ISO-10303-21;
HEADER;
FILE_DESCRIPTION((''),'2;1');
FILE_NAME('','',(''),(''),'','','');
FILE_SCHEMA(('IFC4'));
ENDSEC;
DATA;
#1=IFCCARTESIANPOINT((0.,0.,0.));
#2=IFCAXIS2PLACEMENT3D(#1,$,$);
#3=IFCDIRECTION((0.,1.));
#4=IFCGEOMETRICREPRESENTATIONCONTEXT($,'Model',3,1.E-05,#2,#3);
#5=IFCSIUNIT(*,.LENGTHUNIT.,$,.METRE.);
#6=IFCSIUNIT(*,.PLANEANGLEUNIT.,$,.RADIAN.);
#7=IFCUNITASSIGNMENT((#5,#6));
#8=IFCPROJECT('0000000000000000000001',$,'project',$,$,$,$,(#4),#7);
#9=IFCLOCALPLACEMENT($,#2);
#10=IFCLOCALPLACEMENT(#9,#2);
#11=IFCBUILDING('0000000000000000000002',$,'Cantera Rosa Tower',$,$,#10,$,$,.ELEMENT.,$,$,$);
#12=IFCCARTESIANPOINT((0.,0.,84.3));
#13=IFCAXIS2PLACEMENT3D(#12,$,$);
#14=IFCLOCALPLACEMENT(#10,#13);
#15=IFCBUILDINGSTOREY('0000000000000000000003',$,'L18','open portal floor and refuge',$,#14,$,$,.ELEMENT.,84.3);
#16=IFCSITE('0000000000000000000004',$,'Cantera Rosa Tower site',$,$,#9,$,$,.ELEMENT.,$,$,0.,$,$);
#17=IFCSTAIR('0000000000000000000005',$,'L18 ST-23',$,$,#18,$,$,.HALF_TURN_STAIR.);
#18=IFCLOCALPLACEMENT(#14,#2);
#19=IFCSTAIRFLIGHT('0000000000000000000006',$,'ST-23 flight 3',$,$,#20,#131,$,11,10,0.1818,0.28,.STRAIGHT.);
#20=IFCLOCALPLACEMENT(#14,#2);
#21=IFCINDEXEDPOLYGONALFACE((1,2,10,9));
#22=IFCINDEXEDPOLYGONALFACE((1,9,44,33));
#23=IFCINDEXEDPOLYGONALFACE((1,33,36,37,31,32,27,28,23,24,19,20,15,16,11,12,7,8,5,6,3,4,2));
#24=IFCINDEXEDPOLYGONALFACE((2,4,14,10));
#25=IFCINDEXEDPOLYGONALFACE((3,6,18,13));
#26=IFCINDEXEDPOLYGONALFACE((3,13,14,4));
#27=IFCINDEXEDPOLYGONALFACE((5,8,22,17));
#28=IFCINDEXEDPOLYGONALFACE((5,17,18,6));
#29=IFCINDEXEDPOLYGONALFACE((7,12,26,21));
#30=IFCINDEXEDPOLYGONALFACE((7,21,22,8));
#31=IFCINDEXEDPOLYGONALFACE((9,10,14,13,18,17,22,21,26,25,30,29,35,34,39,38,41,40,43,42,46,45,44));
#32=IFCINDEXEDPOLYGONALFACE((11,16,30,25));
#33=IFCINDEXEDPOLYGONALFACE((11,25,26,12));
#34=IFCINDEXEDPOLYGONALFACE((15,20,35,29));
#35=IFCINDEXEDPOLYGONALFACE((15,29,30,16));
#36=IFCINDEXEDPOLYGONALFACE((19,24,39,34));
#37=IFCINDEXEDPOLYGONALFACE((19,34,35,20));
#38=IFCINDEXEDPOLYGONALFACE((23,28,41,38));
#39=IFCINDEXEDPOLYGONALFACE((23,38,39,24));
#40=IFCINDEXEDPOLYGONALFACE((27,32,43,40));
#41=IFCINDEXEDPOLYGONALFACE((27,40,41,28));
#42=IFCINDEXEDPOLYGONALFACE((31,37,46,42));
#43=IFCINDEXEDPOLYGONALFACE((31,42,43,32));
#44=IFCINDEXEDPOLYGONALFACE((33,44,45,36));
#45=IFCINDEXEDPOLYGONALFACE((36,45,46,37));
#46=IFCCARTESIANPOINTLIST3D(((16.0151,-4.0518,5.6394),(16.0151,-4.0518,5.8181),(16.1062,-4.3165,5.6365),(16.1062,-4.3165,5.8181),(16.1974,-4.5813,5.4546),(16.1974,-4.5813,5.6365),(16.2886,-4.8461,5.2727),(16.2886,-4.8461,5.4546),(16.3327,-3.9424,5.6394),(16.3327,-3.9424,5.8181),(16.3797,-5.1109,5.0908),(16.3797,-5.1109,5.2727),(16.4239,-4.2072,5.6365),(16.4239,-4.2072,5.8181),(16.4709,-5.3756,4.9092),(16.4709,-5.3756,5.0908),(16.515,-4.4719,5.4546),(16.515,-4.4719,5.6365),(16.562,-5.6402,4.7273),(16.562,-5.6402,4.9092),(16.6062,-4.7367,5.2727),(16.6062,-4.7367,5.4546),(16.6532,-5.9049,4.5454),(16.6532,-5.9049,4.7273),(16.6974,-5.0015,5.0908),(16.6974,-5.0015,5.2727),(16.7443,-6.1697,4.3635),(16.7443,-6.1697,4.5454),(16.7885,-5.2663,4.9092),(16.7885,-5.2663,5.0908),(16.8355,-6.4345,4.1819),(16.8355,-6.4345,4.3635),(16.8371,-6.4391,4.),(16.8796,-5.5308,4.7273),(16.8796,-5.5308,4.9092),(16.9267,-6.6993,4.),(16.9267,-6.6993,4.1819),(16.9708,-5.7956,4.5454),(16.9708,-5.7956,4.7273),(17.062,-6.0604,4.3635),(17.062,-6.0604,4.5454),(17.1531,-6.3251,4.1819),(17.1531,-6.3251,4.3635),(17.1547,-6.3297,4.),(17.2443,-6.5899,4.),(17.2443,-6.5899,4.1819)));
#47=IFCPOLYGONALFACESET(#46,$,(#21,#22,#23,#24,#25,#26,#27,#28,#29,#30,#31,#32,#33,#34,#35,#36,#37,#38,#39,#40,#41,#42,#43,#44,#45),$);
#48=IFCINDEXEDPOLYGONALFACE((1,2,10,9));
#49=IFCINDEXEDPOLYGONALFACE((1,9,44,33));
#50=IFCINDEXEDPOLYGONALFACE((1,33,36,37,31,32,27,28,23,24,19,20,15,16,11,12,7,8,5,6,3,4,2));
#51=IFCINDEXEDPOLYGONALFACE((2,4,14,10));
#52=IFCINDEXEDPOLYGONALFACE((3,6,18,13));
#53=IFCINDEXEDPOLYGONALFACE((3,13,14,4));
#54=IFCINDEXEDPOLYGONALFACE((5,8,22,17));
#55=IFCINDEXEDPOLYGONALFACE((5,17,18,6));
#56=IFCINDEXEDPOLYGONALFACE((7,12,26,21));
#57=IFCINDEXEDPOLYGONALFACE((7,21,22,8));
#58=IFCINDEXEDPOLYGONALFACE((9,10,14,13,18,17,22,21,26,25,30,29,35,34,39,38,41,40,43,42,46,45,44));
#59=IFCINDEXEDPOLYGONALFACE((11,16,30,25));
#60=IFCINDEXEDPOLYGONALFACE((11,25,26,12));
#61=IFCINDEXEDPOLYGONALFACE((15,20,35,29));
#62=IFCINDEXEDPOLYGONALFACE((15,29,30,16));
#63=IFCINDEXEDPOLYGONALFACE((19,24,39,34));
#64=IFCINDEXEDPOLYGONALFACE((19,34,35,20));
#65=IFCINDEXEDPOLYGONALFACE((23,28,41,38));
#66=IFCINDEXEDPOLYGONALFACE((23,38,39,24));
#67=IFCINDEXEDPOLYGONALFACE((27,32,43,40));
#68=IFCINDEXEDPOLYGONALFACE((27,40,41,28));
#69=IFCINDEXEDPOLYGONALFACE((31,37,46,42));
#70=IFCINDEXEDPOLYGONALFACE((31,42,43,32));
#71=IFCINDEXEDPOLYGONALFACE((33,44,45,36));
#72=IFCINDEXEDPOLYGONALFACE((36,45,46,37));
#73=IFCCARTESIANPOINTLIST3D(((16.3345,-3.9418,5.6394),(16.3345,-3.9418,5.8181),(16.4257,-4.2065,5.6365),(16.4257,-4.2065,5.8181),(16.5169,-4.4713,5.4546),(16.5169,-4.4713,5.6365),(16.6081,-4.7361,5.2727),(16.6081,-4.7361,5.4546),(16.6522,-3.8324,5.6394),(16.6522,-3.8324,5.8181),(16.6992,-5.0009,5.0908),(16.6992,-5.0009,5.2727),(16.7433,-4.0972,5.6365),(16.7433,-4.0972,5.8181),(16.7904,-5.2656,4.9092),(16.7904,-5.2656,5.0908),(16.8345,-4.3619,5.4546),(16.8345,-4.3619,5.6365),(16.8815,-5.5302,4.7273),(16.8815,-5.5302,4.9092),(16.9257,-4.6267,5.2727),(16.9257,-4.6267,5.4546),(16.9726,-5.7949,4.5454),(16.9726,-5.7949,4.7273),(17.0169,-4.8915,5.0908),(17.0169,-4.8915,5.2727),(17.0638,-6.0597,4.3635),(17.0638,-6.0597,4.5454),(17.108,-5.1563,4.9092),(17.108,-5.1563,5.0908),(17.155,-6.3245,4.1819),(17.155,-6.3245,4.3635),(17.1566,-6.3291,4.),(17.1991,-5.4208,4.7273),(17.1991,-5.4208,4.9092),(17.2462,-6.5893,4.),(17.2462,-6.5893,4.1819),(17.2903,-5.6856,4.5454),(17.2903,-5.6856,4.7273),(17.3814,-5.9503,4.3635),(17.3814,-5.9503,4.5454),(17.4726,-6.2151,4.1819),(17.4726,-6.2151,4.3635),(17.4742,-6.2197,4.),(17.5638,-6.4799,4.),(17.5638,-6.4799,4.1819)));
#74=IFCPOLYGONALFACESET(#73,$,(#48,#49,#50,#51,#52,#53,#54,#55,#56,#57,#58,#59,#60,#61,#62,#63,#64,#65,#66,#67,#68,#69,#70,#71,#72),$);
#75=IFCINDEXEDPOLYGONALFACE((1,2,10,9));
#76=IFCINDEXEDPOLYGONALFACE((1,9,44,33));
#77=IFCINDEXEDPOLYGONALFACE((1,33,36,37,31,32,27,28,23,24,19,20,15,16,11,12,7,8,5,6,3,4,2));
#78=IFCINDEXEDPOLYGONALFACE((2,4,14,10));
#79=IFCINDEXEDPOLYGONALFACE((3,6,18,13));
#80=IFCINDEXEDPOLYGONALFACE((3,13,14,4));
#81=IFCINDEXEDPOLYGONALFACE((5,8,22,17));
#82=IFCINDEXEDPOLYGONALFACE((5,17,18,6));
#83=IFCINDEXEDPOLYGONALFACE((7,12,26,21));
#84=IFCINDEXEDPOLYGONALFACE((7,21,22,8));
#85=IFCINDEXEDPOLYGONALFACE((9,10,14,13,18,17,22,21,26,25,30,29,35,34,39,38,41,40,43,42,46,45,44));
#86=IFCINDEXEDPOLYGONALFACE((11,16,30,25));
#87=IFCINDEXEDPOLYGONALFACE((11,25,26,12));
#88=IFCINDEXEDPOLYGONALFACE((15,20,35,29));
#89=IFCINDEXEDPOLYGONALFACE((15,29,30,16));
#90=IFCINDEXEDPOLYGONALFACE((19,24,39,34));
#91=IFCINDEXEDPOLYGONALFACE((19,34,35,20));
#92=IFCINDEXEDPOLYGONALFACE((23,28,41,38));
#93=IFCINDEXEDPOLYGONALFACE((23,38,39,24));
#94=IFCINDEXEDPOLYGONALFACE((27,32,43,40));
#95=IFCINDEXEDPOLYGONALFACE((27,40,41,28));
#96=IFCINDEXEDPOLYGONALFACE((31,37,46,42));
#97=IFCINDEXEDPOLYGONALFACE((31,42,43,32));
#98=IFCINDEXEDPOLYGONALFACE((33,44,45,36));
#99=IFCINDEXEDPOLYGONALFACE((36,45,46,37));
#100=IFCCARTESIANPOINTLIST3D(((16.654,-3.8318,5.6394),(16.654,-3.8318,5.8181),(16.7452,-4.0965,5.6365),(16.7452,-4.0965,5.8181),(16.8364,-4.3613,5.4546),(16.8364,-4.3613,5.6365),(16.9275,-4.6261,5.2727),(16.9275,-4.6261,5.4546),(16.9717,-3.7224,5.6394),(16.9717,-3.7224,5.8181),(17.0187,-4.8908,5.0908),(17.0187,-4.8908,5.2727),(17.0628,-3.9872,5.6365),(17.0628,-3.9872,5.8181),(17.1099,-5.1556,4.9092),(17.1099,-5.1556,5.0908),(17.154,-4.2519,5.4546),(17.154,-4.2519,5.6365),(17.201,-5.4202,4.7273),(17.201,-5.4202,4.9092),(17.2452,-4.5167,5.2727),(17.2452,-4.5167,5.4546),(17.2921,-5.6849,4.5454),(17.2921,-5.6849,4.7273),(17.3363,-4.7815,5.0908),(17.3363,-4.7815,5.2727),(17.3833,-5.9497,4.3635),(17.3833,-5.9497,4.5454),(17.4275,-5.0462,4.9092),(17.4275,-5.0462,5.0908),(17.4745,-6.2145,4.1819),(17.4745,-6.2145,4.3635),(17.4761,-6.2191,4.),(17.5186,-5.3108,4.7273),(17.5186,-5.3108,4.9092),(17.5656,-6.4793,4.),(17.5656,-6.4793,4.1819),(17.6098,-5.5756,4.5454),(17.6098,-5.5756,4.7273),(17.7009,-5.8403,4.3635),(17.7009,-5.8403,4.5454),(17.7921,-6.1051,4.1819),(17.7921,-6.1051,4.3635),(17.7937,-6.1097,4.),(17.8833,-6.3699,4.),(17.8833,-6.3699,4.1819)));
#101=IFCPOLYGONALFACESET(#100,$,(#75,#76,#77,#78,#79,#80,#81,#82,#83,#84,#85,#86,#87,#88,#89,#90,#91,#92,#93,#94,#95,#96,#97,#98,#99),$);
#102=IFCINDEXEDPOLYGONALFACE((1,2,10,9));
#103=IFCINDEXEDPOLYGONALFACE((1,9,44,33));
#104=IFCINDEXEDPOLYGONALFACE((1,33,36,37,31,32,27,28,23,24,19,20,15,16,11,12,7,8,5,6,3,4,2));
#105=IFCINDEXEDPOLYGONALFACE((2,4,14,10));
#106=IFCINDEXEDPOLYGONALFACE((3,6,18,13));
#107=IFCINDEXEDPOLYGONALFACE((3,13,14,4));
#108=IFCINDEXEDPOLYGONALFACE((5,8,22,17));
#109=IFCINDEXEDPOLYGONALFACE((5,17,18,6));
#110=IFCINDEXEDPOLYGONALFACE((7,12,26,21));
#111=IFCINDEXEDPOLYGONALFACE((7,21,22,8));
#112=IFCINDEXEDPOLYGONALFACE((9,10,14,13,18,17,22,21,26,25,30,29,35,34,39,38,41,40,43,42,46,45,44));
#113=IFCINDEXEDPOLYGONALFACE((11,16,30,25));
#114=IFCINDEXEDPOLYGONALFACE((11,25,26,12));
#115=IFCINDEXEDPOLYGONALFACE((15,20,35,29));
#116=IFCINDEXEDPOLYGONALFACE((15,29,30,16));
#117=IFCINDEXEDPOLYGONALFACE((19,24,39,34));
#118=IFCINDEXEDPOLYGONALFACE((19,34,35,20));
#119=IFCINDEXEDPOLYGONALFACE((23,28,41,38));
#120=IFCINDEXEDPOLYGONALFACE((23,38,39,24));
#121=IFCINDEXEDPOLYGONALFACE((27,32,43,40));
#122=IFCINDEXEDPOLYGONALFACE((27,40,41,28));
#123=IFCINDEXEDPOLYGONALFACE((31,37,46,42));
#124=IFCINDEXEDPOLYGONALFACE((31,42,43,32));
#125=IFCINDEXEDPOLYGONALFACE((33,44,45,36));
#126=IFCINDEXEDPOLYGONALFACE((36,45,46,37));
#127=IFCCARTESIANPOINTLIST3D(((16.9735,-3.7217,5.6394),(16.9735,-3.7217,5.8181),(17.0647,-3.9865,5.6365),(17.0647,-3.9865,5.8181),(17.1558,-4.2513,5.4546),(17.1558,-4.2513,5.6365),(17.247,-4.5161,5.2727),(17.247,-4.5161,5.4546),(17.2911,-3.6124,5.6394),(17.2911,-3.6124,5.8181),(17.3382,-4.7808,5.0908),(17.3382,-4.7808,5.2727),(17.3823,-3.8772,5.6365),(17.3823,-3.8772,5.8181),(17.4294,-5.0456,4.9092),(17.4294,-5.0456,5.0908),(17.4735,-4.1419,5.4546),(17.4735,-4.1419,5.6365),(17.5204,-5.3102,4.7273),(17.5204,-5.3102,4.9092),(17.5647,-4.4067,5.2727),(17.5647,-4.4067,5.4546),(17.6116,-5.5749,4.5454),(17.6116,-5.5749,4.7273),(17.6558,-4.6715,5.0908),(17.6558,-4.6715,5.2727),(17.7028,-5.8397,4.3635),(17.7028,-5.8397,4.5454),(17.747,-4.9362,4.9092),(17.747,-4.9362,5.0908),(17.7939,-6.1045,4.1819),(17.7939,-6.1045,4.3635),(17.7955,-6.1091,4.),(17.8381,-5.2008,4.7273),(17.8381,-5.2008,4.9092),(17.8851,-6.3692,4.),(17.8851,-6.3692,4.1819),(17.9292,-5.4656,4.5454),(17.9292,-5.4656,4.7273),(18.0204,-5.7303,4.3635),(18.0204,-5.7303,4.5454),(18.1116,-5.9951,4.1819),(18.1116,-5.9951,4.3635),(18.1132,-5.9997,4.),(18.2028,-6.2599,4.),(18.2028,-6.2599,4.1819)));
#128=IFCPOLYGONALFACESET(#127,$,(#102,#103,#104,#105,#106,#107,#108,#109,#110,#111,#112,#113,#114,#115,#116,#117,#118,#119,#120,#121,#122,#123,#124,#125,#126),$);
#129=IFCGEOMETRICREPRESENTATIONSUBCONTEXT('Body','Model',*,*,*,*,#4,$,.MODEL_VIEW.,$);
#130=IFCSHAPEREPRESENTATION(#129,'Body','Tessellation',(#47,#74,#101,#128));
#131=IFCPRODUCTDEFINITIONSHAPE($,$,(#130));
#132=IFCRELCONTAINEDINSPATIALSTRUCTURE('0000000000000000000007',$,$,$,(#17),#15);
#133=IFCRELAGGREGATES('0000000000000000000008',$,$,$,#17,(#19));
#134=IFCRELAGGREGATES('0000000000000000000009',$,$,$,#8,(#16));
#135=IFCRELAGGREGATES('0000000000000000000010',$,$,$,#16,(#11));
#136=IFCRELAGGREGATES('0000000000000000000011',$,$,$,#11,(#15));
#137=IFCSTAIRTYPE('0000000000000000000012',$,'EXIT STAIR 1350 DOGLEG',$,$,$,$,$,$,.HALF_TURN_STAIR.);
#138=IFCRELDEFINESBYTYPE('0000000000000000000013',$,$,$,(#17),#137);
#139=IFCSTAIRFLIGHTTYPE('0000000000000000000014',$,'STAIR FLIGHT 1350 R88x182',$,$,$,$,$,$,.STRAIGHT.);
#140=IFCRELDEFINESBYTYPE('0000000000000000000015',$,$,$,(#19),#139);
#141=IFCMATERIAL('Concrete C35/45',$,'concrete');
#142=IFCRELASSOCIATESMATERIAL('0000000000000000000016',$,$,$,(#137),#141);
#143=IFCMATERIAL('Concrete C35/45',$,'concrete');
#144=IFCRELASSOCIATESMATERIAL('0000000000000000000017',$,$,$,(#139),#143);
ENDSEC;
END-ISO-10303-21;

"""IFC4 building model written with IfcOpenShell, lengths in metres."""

from ifc_helpers import new_model, si_unit, direction, frame, origin, place, context, subcontext, project, spatial, polyline, outline, extrude, material, type_object, element, aggregate, save


model = new_model("IFC4")

# Units and contexts
model_context = context("Model", 3, precision=1e-05, world=origin(), true_north=direction((0.0, 1.0)))
body_context = subcontext(model_context, "Body", "Model", "MODEL_VIEW")
ifc_project = project(units=[si_unit("LENGTHUNIT", "METRE"), si_unit("PLANEANGLEUNIT", "RADIAN")], contexts=[model_context])

# Site, building, storey
site_placement = place(None, origin())
site = spatial("IfcSite", under=ifc_project, at=site_placement, Name="Cantera Rosa Tower site", CompositionType="ELEMENT", RefElevation=0.0)
building_placement = place(site_placement, origin())
building = spatial("IfcBuilding", under=site, at=building_placement, Name="Cantera Rosa Tower", CompositionType="ELEMENT")
storey_placement = place(building_placement, frame((0.0, 0.0, 84.3)))
storey = spatial("IfcBuildingStorey", under=building, at=storey_placement, Name="L18", Description="open portal floor and refuge", CompositionType="ELEMENT", Elevation=84.3)

# Stair, stair flight
ifc_material_1 = material(Name="Concrete C35/45", Category="concrete")
stair_type = type_object("IfcStairType", Name="EXIT STAIR 1350 DOGLEG", PredefinedType="HALF_TURN_STAIR", material=ifc_material_1)
stair_placement = place(storey_placement, origin())
stair = element("IfcStair", 1, at=stair_placement, inside=storey, type_object=stair_type, Name="L18 ST-23", PredefinedType="HALF_TURN_STAIR")
ifc_material_2 = material(Name="Concrete C35/45", Category="concrete")
stair_flight_type = type_object("IfcStairFlightType", Name="STAIR FLIGHT 1350 R88x182", PredefinedType="STRAIGHT", material=ifc_material_2)
stair_flight_1_placement = place(storey_placement, frame((17.5649, -6.4795, 4.0), z_axis=(0.0, 0.0, 1.0), x_axis=(-0.325568, 0.945519, 0.0)))
stair_flight_1 = element("IfcStairFlight", 2, at=stair_flight_1_placement, type_object=stair_flight_type, Name="ST-23 flight 3", NumberOfRisers=11, NumberOfTreads=10, PredefinedType="STRAIGHT", RiserHeight=0.1818, TreadLength=0.28, context=body_context, shape_type="SweptSolid", body=[
    extrude(outline(polyline([(0.0, 0.0), (0.0, 0.1819), (0.28, 0.1819), (0.28, 0.3635), (0.5601, 0.3635), (0.5601, 0.5454), (0.8401, 0.5454), (0.8401, 0.7273), (1.1201, 0.7273), (1.1201, 0.9092), (1.3999, 0.9092), (1.3999, 1.0908), (1.6799, 1.0908), (1.6799, 1.2727), (1.96, 1.2727), (1.96, 1.4546), (2.24, 1.4546), (2.24, 1.6365), (2.52, 1.6365), (2.52, 1.8181), (2.8, 1.8181), (2.8, 2.0), (2.8, 1.6394), (0.2751, 0.0), (0.0, 0.0)])), frame((0.0, 0.675, 0.0), z_axis=(0.0, -1.0, 0.0), x_axis=(1.0, 0.0, 0.0)), (0.0, 0.0, 1.0), 0.3359),
    extrude(outline(polyline([(0.0, 0.0), (0.0, 0.1819), (0.28, 0.1819), (0.28, 0.3635), (0.5601, 0.3635), (0.5601, 0.5454), (0.8401, 0.5454), (0.8401, 0.7273), (1.1201, 0.7273), (1.1201, 0.9092), (1.3999, 0.9092), (1.3999, 1.0908), (1.6799, 1.0908), (1.6799, 1.2727), (1.96, 1.2727), (1.96, 1.4546), (2.24, 1.4546), (2.24, 1.6365), (2.52, 1.6365), (2.52, 1.8181), (2.8, 1.8181), (2.8, 2.0), (2.8, 1.6394), (0.2751, 0.0), (0.0, 0.0)])), frame((0.0, 0.3372, 0.0), z_axis=(0.0, -1.0, 0.0), x_axis=(1.0, 0.0, 0.0)), (0.0, 0.0, 1.0), 0.3359),
    extrude(outline(polyline([(0.0, 0.0), (0.0, 0.1819), (0.28, 0.1819), (0.28, 0.3635), (0.5601, 0.3635), (0.5601, 0.5454), (0.8401, 0.5454), (0.8401, 0.7273), (1.1201, 0.7273), (1.1201, 0.9092), (1.3999, 0.9092), (1.3999, 1.0908), (1.6799, 1.0908), (1.6799, 1.2727), (1.96, 1.2727), (1.96, 1.4546), (2.24, 1.4546), (2.24, 1.6365), (2.52, 1.6365), (2.52, 1.8181), (2.8, 1.8181), (2.8, 2.0), (2.8, 1.6394), (0.2751, 0.0), (0.0, 0.0)])), frame((0.0, -0.0007, 0.0), z_axis=(0.0, -1.0, 0.0), x_axis=(1.0, 0.0, 0.0)), (0.0, 0.0, 1.0), 0.3359),
    extrude(outline(polyline([(0.0, 0.0), (0.0, 0.1819), (0.28, 0.1819), (0.28, 0.3635), (0.5601, 0.3635), (0.5601, 0.5454), (0.8401, 0.5454), (0.8401, 0.7273), (1.1201, 0.7273), (1.1201, 0.9092), (1.3999, 0.9092), (1.3999, 1.0908), (1.6799, 1.0908), (1.6799, 1.2727), (1.96, 1.2727), (1.96, 1.4546), (2.24, 1.4546), (2.24, 1.6365), (2.52, 1.6365), (2.52, 1.8181), (2.8, 1.8181), (2.8, 2.0), (2.8, 1.6394), (0.2751, 0.0), (0.0, 0.0)])), frame((0.0, -0.3386, 0.0), z_axis=(0.0, -1.0, 0.0), x_axis=(1.0, 0.0, 0.0)), (0.0, 0.0, 1.0), 0.3359),
])
aggregate(stair, [stair_flight_1])

save(model, "model.ifc")
